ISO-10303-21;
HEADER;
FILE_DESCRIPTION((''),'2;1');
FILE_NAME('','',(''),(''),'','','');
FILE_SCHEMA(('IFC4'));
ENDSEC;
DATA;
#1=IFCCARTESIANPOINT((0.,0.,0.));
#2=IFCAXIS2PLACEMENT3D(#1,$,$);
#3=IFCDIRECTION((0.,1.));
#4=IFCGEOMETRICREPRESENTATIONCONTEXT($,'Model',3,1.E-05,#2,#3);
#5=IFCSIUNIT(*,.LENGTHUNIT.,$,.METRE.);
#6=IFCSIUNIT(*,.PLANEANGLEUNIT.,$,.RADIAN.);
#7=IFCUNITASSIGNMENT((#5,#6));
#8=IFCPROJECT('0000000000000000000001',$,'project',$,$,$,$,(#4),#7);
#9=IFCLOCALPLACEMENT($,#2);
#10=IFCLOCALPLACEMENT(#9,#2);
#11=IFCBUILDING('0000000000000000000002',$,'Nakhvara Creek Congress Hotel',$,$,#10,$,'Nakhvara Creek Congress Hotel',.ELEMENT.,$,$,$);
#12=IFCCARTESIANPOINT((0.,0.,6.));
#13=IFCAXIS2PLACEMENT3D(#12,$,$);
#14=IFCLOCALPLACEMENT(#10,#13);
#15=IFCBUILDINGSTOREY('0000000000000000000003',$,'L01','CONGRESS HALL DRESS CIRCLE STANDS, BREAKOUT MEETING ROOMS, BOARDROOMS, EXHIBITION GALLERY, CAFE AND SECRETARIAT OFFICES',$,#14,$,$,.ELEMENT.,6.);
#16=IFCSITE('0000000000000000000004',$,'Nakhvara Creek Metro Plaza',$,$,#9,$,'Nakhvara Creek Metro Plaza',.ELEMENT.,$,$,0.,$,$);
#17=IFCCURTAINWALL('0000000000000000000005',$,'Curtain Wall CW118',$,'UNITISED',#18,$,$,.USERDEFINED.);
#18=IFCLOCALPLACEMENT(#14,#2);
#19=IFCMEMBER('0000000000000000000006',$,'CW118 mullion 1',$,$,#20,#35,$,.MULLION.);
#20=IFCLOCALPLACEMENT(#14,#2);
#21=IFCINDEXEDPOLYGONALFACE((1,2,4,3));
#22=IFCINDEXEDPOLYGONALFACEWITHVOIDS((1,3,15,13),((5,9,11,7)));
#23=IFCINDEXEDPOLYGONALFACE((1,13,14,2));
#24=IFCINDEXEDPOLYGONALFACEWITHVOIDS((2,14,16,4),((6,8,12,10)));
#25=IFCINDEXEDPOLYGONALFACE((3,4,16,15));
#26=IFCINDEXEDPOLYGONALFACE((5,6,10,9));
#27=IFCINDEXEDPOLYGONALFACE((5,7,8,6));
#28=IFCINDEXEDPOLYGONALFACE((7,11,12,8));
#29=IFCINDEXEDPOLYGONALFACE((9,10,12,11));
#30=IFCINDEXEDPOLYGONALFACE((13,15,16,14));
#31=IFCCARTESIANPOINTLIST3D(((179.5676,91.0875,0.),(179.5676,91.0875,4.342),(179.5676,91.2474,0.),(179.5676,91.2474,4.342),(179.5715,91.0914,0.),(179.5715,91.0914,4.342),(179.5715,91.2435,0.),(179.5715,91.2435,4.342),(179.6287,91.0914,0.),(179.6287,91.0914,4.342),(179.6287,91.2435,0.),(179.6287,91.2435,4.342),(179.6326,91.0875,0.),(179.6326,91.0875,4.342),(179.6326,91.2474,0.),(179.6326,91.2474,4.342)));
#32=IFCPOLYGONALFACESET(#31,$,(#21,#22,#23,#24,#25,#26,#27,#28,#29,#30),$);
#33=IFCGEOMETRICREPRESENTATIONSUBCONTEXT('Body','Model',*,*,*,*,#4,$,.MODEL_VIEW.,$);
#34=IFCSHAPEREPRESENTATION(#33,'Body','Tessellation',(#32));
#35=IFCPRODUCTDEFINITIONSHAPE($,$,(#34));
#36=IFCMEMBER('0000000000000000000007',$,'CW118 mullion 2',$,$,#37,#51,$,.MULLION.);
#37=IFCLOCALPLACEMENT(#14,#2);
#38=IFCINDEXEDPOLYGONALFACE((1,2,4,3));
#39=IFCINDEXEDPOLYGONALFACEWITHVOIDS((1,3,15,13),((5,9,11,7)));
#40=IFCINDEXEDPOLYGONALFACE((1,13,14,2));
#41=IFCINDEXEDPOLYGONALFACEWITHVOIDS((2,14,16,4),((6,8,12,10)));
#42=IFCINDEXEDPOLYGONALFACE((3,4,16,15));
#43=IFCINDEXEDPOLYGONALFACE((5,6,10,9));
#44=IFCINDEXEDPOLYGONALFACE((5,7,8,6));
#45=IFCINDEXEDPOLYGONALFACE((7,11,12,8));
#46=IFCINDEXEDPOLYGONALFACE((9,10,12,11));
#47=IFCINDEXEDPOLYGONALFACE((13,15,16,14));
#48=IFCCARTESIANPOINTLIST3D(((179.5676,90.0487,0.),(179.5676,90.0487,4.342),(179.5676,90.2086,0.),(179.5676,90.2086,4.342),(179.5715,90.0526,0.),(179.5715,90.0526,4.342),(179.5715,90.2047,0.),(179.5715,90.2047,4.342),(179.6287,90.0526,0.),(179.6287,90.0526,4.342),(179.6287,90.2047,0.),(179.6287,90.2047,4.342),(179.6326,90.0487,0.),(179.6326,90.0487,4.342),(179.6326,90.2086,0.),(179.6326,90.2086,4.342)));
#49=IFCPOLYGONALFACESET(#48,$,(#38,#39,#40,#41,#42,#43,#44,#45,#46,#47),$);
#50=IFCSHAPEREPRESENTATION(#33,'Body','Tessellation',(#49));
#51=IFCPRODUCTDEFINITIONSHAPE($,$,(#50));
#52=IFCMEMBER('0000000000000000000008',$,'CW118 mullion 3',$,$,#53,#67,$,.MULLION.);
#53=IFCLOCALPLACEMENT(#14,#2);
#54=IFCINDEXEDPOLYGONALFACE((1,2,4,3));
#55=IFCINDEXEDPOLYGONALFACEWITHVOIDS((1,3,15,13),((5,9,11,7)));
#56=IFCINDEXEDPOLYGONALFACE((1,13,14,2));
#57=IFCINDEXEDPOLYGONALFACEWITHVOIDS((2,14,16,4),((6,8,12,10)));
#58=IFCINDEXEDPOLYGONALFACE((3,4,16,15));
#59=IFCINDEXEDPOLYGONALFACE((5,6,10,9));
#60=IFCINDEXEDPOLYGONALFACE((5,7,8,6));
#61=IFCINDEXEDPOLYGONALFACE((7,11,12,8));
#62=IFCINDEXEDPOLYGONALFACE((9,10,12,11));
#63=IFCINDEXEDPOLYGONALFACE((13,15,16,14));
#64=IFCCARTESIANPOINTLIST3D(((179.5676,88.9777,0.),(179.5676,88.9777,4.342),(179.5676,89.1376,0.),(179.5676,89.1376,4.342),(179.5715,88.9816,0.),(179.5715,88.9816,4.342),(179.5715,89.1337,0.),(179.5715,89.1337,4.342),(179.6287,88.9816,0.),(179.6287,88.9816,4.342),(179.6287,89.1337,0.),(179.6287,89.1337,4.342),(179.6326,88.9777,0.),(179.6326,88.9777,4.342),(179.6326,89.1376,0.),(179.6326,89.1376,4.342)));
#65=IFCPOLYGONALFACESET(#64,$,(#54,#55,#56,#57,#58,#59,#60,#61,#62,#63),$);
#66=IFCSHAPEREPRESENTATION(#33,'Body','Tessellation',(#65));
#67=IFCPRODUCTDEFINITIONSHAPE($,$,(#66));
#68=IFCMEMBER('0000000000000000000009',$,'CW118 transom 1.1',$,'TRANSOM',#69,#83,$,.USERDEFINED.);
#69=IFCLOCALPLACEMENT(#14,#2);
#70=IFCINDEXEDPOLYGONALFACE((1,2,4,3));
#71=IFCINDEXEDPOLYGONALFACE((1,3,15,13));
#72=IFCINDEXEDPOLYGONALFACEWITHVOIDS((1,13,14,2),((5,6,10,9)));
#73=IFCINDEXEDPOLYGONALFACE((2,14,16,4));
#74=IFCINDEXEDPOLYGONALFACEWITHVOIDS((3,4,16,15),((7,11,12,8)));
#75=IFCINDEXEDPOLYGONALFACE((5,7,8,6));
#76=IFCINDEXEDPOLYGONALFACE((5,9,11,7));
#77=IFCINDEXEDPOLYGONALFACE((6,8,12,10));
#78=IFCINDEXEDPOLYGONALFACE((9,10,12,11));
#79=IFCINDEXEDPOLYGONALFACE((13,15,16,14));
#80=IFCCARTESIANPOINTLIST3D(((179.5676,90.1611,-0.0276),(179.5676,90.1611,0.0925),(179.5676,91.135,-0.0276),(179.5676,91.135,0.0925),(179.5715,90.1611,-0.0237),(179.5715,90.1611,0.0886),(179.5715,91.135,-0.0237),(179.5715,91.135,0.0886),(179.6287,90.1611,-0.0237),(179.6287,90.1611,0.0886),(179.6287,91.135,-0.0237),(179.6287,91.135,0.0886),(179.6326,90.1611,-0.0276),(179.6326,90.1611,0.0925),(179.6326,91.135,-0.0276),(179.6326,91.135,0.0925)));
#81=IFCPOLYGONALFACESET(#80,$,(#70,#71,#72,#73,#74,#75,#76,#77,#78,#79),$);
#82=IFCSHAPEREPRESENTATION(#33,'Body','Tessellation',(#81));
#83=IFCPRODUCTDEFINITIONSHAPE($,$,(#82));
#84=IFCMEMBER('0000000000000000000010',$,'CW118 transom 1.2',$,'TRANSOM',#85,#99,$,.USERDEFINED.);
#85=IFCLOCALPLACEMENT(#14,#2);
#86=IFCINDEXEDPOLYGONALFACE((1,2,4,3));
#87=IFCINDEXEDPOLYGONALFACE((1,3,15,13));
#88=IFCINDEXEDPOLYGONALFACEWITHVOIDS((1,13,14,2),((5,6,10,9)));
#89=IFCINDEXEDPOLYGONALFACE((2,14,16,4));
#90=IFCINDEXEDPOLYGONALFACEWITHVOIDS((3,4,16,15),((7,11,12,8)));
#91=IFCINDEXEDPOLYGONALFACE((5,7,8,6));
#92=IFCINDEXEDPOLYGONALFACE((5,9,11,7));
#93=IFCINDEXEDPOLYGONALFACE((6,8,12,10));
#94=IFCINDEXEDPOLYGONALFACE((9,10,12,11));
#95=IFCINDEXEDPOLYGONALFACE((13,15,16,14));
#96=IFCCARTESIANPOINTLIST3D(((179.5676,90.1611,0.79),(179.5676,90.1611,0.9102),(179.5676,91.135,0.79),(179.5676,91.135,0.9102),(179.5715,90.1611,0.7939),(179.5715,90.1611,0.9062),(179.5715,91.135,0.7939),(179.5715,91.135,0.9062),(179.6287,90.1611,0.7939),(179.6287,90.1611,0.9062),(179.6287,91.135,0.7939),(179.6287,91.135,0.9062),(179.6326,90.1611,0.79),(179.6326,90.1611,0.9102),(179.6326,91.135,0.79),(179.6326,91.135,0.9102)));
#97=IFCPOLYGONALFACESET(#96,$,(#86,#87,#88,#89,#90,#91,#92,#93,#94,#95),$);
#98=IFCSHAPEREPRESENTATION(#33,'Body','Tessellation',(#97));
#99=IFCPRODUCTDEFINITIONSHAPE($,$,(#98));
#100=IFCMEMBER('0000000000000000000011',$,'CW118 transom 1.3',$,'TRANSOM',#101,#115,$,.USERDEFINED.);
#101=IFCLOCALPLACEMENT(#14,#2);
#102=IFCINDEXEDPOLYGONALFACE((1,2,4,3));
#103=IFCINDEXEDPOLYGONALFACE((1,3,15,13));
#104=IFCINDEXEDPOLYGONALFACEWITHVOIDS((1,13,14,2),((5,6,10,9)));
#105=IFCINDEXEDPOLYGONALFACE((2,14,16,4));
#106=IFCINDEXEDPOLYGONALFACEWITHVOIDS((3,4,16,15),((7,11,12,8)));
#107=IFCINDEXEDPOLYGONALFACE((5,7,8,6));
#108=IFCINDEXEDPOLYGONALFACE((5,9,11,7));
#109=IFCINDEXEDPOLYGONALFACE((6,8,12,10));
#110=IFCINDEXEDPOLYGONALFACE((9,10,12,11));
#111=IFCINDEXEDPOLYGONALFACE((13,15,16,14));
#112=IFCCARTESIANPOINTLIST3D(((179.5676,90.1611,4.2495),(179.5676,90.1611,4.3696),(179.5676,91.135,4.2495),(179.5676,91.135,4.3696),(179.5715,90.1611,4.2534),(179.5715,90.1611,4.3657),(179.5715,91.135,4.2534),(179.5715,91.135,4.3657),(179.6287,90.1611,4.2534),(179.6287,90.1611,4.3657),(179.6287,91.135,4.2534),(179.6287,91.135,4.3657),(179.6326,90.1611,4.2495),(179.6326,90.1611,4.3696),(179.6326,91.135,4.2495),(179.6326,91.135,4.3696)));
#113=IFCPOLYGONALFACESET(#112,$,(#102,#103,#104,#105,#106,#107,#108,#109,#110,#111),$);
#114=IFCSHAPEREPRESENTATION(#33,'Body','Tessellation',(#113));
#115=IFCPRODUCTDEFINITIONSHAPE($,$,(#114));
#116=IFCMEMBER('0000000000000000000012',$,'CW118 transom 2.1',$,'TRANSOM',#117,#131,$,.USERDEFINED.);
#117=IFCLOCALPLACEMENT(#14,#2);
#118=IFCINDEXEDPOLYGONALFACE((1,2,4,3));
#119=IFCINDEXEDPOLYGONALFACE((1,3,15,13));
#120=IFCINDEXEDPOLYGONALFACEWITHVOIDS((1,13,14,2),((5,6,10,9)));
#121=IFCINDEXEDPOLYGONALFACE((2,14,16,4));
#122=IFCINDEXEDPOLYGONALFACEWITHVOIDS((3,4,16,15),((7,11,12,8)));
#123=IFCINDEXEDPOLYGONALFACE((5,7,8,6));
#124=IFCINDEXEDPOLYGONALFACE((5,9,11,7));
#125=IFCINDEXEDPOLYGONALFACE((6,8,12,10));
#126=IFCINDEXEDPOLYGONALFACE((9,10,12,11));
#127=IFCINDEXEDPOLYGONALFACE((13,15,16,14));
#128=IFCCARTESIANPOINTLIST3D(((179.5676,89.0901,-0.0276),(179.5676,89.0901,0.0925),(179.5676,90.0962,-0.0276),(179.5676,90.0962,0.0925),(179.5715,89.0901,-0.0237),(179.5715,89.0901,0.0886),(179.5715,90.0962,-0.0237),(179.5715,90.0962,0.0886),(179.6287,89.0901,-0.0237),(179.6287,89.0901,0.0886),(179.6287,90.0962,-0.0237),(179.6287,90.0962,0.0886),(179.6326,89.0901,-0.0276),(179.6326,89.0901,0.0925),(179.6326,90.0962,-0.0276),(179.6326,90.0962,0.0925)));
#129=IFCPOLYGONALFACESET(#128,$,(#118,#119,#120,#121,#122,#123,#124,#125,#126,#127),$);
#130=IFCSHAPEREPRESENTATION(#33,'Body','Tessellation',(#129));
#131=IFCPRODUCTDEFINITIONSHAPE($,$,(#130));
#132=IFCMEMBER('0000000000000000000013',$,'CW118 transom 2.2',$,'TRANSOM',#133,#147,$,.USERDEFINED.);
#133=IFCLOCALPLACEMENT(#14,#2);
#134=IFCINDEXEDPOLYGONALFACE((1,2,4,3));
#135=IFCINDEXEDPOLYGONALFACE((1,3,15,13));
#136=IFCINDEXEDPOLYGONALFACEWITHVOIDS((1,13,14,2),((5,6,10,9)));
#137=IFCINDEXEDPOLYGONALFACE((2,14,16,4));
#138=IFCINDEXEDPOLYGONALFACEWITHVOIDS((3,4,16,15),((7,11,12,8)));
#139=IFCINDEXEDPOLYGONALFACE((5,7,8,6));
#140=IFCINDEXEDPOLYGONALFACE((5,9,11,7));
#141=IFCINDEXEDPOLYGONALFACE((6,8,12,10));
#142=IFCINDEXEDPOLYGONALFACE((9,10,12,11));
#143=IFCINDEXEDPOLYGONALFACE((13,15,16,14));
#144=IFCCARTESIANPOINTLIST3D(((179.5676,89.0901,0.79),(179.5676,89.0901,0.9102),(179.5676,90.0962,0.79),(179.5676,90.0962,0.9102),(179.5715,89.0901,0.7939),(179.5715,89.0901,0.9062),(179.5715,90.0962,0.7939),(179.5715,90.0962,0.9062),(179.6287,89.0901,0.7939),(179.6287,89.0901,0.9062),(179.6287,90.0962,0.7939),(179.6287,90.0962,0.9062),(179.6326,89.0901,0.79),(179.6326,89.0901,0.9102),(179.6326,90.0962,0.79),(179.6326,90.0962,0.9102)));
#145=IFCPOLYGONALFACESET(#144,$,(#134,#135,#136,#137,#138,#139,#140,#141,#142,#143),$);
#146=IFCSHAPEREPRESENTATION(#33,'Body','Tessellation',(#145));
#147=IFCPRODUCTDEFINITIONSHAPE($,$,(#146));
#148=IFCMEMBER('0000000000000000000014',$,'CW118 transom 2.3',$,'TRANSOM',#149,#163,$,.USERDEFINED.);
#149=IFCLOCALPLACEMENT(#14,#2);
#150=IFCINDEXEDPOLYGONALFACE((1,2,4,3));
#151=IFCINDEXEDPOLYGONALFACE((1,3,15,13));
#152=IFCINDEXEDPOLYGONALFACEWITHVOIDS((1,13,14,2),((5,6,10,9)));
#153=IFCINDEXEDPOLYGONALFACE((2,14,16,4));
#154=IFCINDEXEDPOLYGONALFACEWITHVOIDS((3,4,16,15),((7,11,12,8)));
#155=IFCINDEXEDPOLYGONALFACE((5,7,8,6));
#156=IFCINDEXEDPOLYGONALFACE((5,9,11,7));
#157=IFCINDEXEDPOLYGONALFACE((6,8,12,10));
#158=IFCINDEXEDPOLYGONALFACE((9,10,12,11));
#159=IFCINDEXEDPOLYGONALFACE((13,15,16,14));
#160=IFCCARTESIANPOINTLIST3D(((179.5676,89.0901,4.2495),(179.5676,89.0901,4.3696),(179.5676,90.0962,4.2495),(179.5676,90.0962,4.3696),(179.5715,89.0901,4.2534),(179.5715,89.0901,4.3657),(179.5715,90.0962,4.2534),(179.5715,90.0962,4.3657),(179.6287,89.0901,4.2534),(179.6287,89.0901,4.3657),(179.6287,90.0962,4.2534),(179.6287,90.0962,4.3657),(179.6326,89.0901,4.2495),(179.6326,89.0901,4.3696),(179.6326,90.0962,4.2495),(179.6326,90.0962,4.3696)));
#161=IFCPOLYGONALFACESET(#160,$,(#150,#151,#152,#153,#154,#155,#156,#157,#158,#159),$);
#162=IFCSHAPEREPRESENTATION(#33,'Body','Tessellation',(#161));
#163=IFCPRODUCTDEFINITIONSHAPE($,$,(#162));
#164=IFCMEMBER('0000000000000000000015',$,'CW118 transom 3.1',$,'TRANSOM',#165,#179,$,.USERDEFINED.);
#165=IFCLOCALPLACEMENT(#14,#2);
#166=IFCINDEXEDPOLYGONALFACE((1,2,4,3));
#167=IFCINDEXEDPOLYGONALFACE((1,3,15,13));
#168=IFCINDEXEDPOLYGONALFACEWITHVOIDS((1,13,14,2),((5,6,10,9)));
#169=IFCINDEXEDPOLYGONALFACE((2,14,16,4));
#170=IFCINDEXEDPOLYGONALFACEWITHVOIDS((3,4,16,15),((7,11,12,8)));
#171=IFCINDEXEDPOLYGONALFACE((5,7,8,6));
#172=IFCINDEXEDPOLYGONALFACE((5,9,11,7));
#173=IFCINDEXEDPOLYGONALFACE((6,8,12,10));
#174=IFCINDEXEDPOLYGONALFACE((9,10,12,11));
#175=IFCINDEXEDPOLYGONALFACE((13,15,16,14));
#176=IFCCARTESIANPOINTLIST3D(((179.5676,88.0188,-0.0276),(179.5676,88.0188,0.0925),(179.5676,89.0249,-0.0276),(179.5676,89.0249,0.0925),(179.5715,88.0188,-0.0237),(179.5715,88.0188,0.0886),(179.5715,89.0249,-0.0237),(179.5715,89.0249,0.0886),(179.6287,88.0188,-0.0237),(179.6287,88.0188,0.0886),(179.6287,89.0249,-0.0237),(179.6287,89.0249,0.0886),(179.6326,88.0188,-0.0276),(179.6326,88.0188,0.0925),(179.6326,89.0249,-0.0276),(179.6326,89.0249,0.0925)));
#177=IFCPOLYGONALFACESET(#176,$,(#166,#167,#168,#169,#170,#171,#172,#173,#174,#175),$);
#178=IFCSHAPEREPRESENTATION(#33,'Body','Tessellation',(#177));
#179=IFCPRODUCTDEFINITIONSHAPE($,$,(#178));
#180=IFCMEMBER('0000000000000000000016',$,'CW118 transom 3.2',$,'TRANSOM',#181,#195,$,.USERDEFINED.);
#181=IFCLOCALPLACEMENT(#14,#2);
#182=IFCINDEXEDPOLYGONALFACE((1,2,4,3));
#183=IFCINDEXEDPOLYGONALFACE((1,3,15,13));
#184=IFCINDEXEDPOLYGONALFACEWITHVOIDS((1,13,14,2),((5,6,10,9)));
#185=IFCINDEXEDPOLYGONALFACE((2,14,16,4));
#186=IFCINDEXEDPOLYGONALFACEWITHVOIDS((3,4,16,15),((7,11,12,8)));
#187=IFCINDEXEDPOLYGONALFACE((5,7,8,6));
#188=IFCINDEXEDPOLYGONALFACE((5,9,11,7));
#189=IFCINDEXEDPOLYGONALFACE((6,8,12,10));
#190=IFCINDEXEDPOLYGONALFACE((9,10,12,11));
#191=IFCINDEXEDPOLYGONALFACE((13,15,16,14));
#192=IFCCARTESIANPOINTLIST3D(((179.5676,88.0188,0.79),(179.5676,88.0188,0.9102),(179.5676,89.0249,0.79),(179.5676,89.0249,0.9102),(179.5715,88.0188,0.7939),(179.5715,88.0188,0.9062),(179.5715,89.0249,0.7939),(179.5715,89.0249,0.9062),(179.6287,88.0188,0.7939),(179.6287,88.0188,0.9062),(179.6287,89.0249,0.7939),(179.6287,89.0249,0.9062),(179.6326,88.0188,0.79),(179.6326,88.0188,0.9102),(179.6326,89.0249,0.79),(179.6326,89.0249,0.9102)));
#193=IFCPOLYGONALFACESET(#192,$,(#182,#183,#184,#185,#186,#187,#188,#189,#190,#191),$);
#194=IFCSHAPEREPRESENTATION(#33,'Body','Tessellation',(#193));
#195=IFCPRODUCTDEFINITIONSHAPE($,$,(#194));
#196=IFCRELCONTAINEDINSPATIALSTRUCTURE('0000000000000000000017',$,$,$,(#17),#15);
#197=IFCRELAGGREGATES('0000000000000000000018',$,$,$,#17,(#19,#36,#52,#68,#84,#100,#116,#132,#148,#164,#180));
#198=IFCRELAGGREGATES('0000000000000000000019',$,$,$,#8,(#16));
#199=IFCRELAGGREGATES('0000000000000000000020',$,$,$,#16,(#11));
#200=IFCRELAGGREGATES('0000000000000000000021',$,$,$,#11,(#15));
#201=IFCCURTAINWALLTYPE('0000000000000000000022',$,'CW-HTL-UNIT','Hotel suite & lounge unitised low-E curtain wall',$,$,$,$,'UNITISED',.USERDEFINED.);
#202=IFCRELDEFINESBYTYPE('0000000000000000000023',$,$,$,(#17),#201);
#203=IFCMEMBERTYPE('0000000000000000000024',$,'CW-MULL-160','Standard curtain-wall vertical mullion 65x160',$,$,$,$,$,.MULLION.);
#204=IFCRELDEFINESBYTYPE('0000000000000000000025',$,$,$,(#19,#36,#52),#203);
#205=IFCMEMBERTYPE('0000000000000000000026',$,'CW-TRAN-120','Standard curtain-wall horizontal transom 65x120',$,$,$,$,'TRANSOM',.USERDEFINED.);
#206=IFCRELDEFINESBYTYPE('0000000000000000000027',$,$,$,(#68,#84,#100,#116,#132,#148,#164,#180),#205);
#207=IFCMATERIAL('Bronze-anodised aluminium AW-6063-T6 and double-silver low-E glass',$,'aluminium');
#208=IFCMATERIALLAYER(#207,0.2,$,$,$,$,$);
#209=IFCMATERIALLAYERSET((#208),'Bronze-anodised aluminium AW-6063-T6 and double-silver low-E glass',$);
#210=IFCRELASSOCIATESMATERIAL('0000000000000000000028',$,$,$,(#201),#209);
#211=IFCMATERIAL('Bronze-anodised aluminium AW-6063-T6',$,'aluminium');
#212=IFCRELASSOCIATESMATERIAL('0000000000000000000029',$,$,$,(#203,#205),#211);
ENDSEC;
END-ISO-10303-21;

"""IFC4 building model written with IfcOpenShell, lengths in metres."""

from ifc_helpers import new_model, si_unit, direction, frame, origin, origin_2d, place, context, subcontext, project, spatial, hollow_rectangle, extrude, material, layer, layer_set, material_profile, profile_set, type_object, element, aggregate, save


model = new_model("IFC4")

# Units and contexts
model_context = context("Model", 3, precision=1e-05, world=origin(), true_north=direction((0.0, 1.0)))
body_context = subcontext(model_context, "Body", "Model", "MODEL_VIEW")
ifc_project = project(units=[si_unit("LENGTHUNIT", "METRE"), si_unit("PLANEANGLEUNIT", "RADIAN")], contexts=[model_context])

# Site, building, storey
site_placement = place(None, origin())
site = spatial("IfcSite", under=ifc_project, at=site_placement, Name="Nakhvara Creek Metro Plaza", LongName="Nakhvara Creek Metro Plaza", CompositionType="ELEMENT", RefElevation=0.0)
building_placement = place(site_placement, origin())
building = spatial("IfcBuilding", under=site, at=building_placement, Name="Nakhvara Creek Congress Hotel", LongName="Nakhvara Creek Congress Hotel", CompositionType="ELEMENT")
storey_placement = place(building_placement, frame((0.0, 0.0, 6.0)))
storey = spatial("IfcBuildingStorey", under=building, at=storey_placement, Name="L01", Description="CONGRESS HALL DRESS CIRCLE STANDS, BREAKOUT MEETING ROOMS, BOARDROOMS, EXHIBITION GALLERY, CAFE AND SECRETARIAT OFFICES", CompositionType="ELEMENT", Elevation=6.0)

# Curtain wall, members
ifc_material_1 = material(Name="Bronze-anodised aluminium AW-6063-T6 and double-silver low-E glass", Category="aluminium")
ifc_layer_1 = layer(ifc_material_1, 0.2)
ifc_layer_set_1 = layer_set([ifc_layer_1], Name="Bronze-anodised aluminium AW-6063-T6 and double-silver low-E glass")
curtain_wall_type = type_object("IfcCurtainWallType", Name="CW-HTL-UNIT", Description="Hotel suite & lounge unitised low-E curtain wall", ElementType="UNITISED", PredefinedType="USERDEFINED", material=ifc_layer_set_1)
curtain_wall_placement = place(storey_placement, origin())
curtain_wall = element("IfcCurtainWall", 1, at=curtain_wall_placement, inside=storey, type_object=curtain_wall_type, Name="Curtain Wall CW118", ObjectType="UNITISED", PredefinedType="USERDEFINED")
ifc_material_2 = material(Name="Bronze-anodised aluminium AW-6063-T6", Category="aluminium")
ifc_material_profile_1 = material_profile(ifc_material_2, hollow_rectangle(XDim=0.0649, YDim=0.1599, WallThickness=0.0039, at=origin_2d()), Name="ALU-MULL 65x160x4", Category="LoadBearing")
ifc_profile_set_1 = profile_set([ifc_material_profile_1], Name="Bronze-anodised aluminium AW-6063-T6")
member_type_1 = type_object("IfcMemberType", Name="CW-MULL-160", Description="Standard curtain-wall vertical mullion 65x160", PredefinedType="MULLION", material=ifc_profile_set_1)
member_1_placement = place(storey_placement, frame((179.6001, 91.1675, 0.0), z_axis=(0.0, 0.0, 1.0), x_axis=(1.0, 0.0, 0.0)))
member_1 = element("IfcMember", 2, at=member_1_placement, type_object=member_type_1, Name="CW118 mullion 1", PredefinedType="MULLION", context=body_context, shape_type="SweptSolid", body=[
    extrude(hollow_rectangle(XDim=0.0649, YDim=0.1599, WallThickness=0.0039, at=origin_2d()), origin(), (0.0, 0.0, 1.0), 4.342),
])
member_2_placement = place(storey_placement, frame((179.6001, 90.1287, 0.0), z_axis=(0.0, 0.0, 1.0), x_axis=(1.0, 0.0, 0.0)))
member_2 = element("IfcMember", 3, at=member_2_placement, type_object=member_type_1, Name="CW118 mullion 2", PredefinedType="MULLION", context=body_context, shape_type="SweptSolid", body=[
    extrude(hollow_rectangle(XDim=0.0649, YDim=0.1599, WallThickness=0.0039, at=origin_2d()), origin(), (0.0, 0.0, 1.0), 4.342),
])
member_3_placement = place(storey_placement, frame((179.6001, 89.0576, 0.0), z_axis=(0.0, 0.0, 1.0), x_axis=(1.0, 0.0, 0.0)))
member_3 = element("IfcMember", 4, at=member_3_placement, type_object=member_type_1, Name="CW118 mullion 3", PredefinedType="MULLION", context=body_context, shape_type="SweptSolid", body=[
    extrude(hollow_rectangle(XDim=0.0649, YDim=0.1599, WallThickness=0.0039, at=origin_2d()), origin(), (0.0, 0.0, 1.0), 4.342),
])
ifc_material_profile_2 = material_profile(ifc_material_2, hollow_rectangle(XDim=0.0649, YDim=0.1201, WallThickness=0.0039, at=origin_2d()), Name="ALU-TRAN 65x120x4", Category="LoadBearing")
ifc_profile_set_2 = profile_set([ifc_material_profile_2], Name="Bronze-anodised aluminium AW-6063-T6")
member_type_2 = type_object("IfcMemberType", Name="CW-TRAN-120", Description="Standard curtain-wall horizontal transom 65x120", ElementType="TRANSOM", PredefinedType="USERDEFINED", material=ifc_profile_set_2)
member_4_placement = place(storey_placement, frame((179.6001, 91.135, 0.0325), z_axis=(0.0, -1.0, 0.0), x_axis=(1.0, 0.0, 0.0)))
member_4 = element("IfcMember", 5, at=member_4_placement, type_object=member_type_2, Name="CW118 transom 1.1", ObjectType="TRANSOM", PredefinedType="USERDEFINED", context=body_context, shape_type="SweptSolid", body=[
    extrude(hollow_rectangle(XDim=0.0649, YDim=0.1201, WallThickness=0.0039, at=origin_2d()), origin(), (0.0, 0.0, 1.0), 0.9739),
])
member_5_placement = place(storey_placement, frame((179.6001, 91.135, 0.8501), z_axis=(0.0, -1.0, 0.0), x_axis=(1.0, 0.0, 0.0)))
member_5 = element("IfcMember", 6, at=member_5_placement, type_object=member_type_2, Name="CW118 transom 1.2", ObjectType="TRANSOM", PredefinedType="USERDEFINED", context=body_context, shape_type="SweptSolid", body=[
    extrude(hollow_rectangle(XDim=0.0649, YDim=0.1201, WallThickness=0.0039, at=origin_2d()), origin(), (0.0, 0.0, 1.0), 0.9739),
])
member_6_placement = place(storey_placement, frame((179.6001, 91.135, 4.3096), z_axis=(0.0, -1.0, 0.0), x_axis=(1.0, 0.0, 0.0)))
member_6 = element("IfcMember", 7, at=member_6_placement, type_object=member_type_2, Name="CW118 transom 1.3", ObjectType="TRANSOM", PredefinedType="USERDEFINED", context=body_context, shape_type="SweptSolid", body=[
    extrude(hollow_rectangle(XDim=0.0649, YDim=0.1201, WallThickness=0.0039, at=origin_2d()), origin(), (0.0, 0.0, 1.0), 0.9739),
])
member_7_placement = place(storey_placement, frame((179.6001, 90.0962, 0.0325), z_axis=(0.0, -1.0, 0.0), x_axis=(1.0, 0.0, 0.0)))
member_7 = element("IfcMember", 8, at=member_7_placement, type_object=member_type_2, Name="CW118 transom 2.1", ObjectType="TRANSOM", PredefinedType="USERDEFINED", context=body_context, shape_type="SweptSolid", body=[
    extrude(hollow_rectangle(XDim=0.0649, YDim=0.1201, WallThickness=0.0039, at=origin_2d()), origin(), (0.0, 0.0, 1.0), 1.0061),
])
member_8_placement = place(storey_placement, frame((179.6001, 90.0962, 0.8501), z_axis=(0.0, -1.0, 0.0), x_axis=(1.0, 0.0, 0.0)))
member_8 = element("IfcMember", 9, at=member_8_placement, type_object=member_type_2, Name="CW118 transom 2.2", ObjectType="TRANSOM", PredefinedType="USERDEFINED", context=body_context, shape_type="SweptSolid", body=[
    extrude(hollow_rectangle(XDim=0.0649, YDim=0.1201, WallThickness=0.0039, at=origin_2d()), origin(), (0.0, 0.0, 1.0), 1.0061),
])
member_9_placement = place(storey_placement, frame((179.6001, 90.0962, 4.3096), z_axis=(0.0, -1.0, 0.0), x_axis=(1.0, 0.0, 0.0)))
member_9 = element("IfcMember", 10, at=member_9_placement, type_object=member_type_2, Name="CW118 transom 2.3", ObjectType="TRANSOM", PredefinedType="USERDEFINED", context=body_context, shape_type="SweptSolid", body=[
    extrude(hollow_rectangle(XDim=0.0649, YDim=0.1201, WallThickness=0.0039, at=origin_2d()), origin(), (0.0, 0.0, 1.0), 1.0061),
])
member_10_placement = place(storey_placement, frame((179.6001, 89.0249, 0.0325), z_axis=(0.0, -1.0, 0.0), x_axis=(1.0, 0.0, 0.0)))
member_10 = element("IfcMember", 11, at=member_10_placement, type_object=member_type_2, Name="CW118 transom 3.1", ObjectType="TRANSOM", PredefinedType="USERDEFINED", context=body_context, shape_type="SweptSolid", body=[
    extrude(hollow_rectangle(XDim=0.0649, YDim=0.1201, WallThickness=0.0039, at=origin_2d()), origin(), (0.0, 0.0, 1.0), 1.0061),
])
member_11_placement = place(storey_placement, frame((179.6001, 89.0249, 0.8501), z_axis=(0.0, -1.0, 0.0), x_axis=(1.0, 0.0, 0.0)))
member_11 = element("IfcMember", 12, at=member_11_placement, type_object=member_type_2, Name="CW118 transom 3.2", ObjectType="TRANSOM", PredefinedType="USERDEFINED", context=body_context, shape_type="SweptSolid", body=[
    extrude(hollow_rectangle(XDim=0.0649, YDim=0.1201, WallThickness=0.0039, at=origin_2d()), origin(), (0.0, 0.0, 1.0), 1.0061),
])
aggregate(curtain_wall, [member_1, member_2, member_3, member_4, member_5, member_6, member_7, member_8, member_9, member_10, member_11])

save(model, "model.ifc")
